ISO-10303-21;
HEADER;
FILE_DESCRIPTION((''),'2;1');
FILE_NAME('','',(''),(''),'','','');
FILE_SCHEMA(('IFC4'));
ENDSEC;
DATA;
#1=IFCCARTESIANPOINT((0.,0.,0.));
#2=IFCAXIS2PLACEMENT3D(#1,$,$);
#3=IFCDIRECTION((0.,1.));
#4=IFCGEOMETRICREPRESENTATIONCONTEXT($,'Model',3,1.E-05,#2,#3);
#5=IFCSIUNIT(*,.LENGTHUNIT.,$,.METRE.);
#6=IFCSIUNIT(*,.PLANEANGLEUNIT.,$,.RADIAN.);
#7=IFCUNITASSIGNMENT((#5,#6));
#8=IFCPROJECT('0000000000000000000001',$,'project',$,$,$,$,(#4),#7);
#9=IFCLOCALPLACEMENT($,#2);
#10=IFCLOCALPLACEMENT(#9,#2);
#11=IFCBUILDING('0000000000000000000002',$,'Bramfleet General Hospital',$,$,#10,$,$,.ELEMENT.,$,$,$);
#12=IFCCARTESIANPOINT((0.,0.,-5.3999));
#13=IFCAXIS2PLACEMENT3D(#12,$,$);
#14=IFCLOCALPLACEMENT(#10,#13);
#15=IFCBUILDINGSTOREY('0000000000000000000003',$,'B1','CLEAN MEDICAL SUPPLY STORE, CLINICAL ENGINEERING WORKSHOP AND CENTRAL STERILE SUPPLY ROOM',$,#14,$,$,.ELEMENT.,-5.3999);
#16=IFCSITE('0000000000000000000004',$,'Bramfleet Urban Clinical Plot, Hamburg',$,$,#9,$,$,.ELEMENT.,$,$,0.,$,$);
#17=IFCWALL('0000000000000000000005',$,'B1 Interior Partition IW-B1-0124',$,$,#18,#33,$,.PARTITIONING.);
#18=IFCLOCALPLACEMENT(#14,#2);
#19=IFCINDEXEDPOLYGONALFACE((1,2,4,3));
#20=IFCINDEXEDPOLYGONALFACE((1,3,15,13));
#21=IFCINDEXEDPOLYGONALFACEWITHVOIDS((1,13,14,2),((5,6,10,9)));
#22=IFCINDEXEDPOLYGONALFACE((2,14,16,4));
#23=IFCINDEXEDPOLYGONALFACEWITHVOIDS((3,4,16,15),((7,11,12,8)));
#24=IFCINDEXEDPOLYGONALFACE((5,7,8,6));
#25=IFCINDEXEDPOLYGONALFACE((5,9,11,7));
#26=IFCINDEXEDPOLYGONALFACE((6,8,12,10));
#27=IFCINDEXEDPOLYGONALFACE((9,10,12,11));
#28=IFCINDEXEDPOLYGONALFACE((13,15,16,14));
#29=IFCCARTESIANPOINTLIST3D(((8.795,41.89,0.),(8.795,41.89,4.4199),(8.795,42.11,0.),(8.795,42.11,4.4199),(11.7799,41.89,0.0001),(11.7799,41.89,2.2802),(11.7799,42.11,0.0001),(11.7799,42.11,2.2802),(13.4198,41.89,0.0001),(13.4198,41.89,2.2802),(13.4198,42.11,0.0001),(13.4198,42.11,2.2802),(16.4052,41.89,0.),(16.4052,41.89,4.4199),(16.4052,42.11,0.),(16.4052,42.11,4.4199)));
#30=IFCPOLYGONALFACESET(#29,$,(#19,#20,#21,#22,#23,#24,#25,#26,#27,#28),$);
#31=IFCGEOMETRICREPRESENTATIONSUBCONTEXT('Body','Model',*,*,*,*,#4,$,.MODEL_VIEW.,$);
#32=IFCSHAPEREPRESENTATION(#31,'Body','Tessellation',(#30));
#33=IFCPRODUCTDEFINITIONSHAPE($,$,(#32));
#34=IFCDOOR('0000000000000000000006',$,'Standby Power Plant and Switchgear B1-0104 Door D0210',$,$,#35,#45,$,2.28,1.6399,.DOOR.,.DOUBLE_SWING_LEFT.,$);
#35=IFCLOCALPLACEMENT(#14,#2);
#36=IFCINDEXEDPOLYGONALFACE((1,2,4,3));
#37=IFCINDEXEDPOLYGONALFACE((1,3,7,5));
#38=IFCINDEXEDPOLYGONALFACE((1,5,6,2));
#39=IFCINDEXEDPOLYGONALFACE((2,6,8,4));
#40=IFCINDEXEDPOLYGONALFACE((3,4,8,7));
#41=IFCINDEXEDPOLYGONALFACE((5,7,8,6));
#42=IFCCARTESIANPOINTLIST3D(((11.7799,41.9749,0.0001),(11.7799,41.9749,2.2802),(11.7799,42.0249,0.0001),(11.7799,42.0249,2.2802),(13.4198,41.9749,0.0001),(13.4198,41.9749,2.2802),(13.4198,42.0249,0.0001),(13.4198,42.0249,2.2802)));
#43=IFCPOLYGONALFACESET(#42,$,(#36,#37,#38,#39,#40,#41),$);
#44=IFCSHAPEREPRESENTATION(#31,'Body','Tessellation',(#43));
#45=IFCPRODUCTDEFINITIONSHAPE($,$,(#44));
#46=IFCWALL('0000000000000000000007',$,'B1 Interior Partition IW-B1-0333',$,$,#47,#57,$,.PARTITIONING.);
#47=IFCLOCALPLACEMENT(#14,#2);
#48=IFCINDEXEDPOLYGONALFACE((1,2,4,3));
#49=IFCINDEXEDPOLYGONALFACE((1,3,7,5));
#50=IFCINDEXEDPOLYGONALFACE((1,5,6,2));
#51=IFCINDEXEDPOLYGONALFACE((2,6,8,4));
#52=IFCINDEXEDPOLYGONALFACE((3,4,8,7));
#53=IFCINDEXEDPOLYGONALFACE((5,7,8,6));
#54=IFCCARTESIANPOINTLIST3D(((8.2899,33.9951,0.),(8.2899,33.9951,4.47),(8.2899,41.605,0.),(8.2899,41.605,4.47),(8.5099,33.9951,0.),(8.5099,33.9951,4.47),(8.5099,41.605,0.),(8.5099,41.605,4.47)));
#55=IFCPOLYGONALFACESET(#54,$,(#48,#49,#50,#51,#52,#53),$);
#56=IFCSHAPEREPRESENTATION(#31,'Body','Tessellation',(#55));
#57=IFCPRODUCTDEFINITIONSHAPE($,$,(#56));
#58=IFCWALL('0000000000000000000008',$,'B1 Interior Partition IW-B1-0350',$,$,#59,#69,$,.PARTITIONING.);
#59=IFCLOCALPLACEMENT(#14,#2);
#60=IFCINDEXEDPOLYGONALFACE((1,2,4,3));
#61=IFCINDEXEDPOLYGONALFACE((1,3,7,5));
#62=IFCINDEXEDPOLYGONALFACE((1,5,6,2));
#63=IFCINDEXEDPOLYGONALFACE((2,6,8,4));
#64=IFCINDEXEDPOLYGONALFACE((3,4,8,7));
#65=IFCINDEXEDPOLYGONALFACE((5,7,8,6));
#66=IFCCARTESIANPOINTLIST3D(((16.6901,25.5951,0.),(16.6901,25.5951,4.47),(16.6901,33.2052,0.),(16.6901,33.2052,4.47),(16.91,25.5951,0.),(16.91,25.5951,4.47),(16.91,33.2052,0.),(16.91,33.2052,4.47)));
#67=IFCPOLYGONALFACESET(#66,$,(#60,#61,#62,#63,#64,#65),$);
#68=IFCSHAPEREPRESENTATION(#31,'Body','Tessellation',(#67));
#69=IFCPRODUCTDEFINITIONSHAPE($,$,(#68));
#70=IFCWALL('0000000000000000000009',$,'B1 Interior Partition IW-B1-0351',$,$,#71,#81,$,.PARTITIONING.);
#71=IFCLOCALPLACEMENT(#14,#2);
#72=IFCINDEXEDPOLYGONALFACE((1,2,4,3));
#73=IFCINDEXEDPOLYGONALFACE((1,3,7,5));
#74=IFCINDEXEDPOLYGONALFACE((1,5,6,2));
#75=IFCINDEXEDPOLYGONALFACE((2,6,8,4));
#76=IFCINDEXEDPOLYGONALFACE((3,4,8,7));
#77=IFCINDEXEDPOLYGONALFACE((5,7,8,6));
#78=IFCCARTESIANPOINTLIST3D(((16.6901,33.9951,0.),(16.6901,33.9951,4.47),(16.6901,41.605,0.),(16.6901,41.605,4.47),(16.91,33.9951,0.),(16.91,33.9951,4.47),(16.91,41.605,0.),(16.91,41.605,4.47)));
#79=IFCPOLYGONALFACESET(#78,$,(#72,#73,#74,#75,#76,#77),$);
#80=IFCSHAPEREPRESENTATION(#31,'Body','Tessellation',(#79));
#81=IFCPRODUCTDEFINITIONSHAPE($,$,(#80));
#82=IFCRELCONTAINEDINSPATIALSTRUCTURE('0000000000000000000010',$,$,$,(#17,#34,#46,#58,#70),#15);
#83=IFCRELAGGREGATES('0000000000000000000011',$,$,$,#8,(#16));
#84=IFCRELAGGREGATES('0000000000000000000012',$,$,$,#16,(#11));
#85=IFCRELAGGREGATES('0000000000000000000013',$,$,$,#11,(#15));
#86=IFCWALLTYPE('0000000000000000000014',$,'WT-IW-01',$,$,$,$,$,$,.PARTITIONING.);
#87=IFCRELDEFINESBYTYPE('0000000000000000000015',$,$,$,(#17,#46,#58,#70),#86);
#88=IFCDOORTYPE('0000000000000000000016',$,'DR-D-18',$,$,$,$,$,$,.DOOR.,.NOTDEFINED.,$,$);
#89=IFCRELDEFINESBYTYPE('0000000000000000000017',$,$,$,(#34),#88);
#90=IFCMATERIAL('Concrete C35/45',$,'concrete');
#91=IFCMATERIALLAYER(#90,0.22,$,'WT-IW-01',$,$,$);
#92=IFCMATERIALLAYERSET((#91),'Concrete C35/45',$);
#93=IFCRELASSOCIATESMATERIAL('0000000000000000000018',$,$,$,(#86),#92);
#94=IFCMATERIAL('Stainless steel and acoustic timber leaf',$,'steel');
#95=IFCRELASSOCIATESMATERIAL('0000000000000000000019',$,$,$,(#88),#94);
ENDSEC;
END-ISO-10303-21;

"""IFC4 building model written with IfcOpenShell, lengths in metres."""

from ifc_helpers import new_model, si_unit, direction, frame, frame_2d, origin, place, context, subcontext, project, spatial, rectangle, extrude, material, layer, layer_set, type_object, element, fill, save


model = new_model("IFC4")

# Units and contexts
model_context = context("Model", 3, precision=1e-05, world=origin(), true_north=direction((0.0, 1.0)))
body_context = subcontext(model_context, "Body", "Model", "MODEL_VIEW")
ifc_project = project(units=[si_unit("LENGTHUNIT", "METRE"), si_unit("PLANEANGLEUNIT", "RADIAN")], contexts=[model_context])

# Site, building, storey
site_placement = place(None, origin())
site = spatial("IfcSite", under=ifc_project, at=site_placement, Name="Bramfleet Urban Clinical Plot, Hamburg", CompositionType="ELEMENT", RefElevation=0.0)
building_placement = place(site_placement, origin())
building = spatial("IfcBuilding", under=site, at=building_placement, Name="Bramfleet General Hospital", CompositionType="ELEMENT")
storey_placement = place(building_placement, frame((0.0, 0.0, -5.3999)))
storey = spatial("IfcBuildingStorey", under=building, at=storey_placement, Name="B1", Description="CLEAN MEDICAL SUPPLY STORE, CLINICAL ENGINEERING WORKSHOP AND CENTRAL STERILE SUPPLY ROOM", CompositionType="ELEMENT", Elevation=-5.3999)

# Shared definitions
ifc_material_1 = material(Name="Concrete C35/45", Category="concrete")

# Shared definitions
ifc_layer = layer(ifc_material_1, 0.22, Name="WT-IW-01")
ifc_layer_set = layer_set([ifc_layer], Name="Concrete C35/45")
wall_type = type_object("IfcWallType", Name="WT-IW-01", PredefinedType="PARTITIONING", material=ifc_layer_set)

# Wall, opening, door
wall_1_placement = place(storey_placement, frame((8.7949, 42.0, 0.0), z_axis=(0.0, 0.0, 1.0), x_axis=(1.0, 0.0, 0.0)))
wall_1 = element("IfcWall", 1, at=wall_1_placement, inside=storey, type_object=wall_type, Name="B1 Interior Partition IW-B1-0124", PredefinedType="PARTITIONING", context=body_context, shape_type="SweptSolid", body=[
    extrude(rectangle(XDim=7.6101, YDim=0.22, at=frame_2d((3.8052, 0.0))), origin(), (0.0, 0.0, 1.0), 4.4199),
])
opening_placement = place(wall_1_placement, frame((2.9851, 0.0, 0.0)))
opening = element("IfcOpeningElement", 2, at=opening_placement, cuts=wall_1, PredefinedType="OPENING", context=body_context, shape_type="SweptSolid", body=[
    extrude(rectangle(XDim=1.6399, YDim=2.28, at=frame_2d((0.8198, 1.1401))), frame((0.0, 0.1199, 0.0), z_axis=(0.0, -1.0, 0.0), x_axis=(1.0, 0.0, 0.0)), (0.0, 0.0, 1.0), 0.24),
])
ifc_material_2 = material(Name="Stainless steel and acoustic timber leaf", Category="steel")
door_type = type_object("IfcDoorType", Name="DR-D-18", OperationType="NOTDEFINED", PredefinedType="DOOR", material=ifc_material_2)
door_placement = place(opening_placement, origin())
door = element("IfcDoor", 3, at=door_placement, inside=storey, type_object=door_type, Name="Standby Power Plant and Switchgear B1-0104 Door D0210", OperationType="DOUBLE_SWING_LEFT", OverallHeight=2.28, OverallWidth=1.6399, PredefinedType="DOOR", context=body_context, shape_type="SweptSolid", body=[
    extrude(rectangle(XDim=1.6399, YDim=2.28, at=frame_2d((0.8198, 1.1401))), frame((0.0, 0.0249, 0.0), z_axis=(0.0, -1.0, 0.0), x_axis=(1.0, 0.0, 0.0)), (0.0, 0.0, 1.0), 0.05),
])
fill(opening, door)

# Walls
wall_2_placement = place(storey_placement, frame((8.3999, 33.9951, 0.0), z_axis=(0.0, 0.0, 1.0), x_axis=(0.0, 1.0, 0.0)))
element("IfcWall", 4, at=wall_2_placement, inside=storey, type_object=wall_type, Name="B1 Interior Partition IW-B1-0333", PredefinedType="PARTITIONING", context=body_context, shape_type="SweptSolid", body=[
    extrude(rectangle(XDim=7.6099, YDim=0.22, at=frame_2d((3.8049, 0.0))), origin(), (0.0, 0.0, 1.0), 4.47),
])
wall_3_placement = place(storey_placement, frame((16.8, 25.595, 0.0), z_axis=(0.0, 0.0, 1.0), x_axis=(0.0, 1.0, 0.0)))
element("IfcWall", 5, at=wall_3_placement, inside=storey, type_object=wall_type, Name="B1 Interior Partition IW-B1-0350", PredefinedType="PARTITIONING", context=body_context, shape_type="SweptSolid", body=[
    extrude(rectangle(XDim=7.6101, YDim=0.22, at=frame_2d((3.8052, 0.0))), origin(), (0.0, 0.0, 1.0), 4.47),
])
wall_4_placement = place(storey_placement, frame((16.8, 33.9951, 0.0), z_axis=(0.0, 0.0, 1.0), x_axis=(0.0, 1.0, 0.0)))
element("IfcWall", 6, at=wall_4_placement, inside=storey, type_object=wall_type, Name="B1 Interior Partition IW-B1-0351", PredefinedType="PARTITIONING", context=body_context, shape_type="SweptSolid", body=[
    extrude(rectangle(XDim=7.6099, YDim=0.22, at=frame_2d((3.8049, 0.0))), origin(), (0.0, 0.0, 1.0), 4.47),
])

save(model, "model.ifc")
